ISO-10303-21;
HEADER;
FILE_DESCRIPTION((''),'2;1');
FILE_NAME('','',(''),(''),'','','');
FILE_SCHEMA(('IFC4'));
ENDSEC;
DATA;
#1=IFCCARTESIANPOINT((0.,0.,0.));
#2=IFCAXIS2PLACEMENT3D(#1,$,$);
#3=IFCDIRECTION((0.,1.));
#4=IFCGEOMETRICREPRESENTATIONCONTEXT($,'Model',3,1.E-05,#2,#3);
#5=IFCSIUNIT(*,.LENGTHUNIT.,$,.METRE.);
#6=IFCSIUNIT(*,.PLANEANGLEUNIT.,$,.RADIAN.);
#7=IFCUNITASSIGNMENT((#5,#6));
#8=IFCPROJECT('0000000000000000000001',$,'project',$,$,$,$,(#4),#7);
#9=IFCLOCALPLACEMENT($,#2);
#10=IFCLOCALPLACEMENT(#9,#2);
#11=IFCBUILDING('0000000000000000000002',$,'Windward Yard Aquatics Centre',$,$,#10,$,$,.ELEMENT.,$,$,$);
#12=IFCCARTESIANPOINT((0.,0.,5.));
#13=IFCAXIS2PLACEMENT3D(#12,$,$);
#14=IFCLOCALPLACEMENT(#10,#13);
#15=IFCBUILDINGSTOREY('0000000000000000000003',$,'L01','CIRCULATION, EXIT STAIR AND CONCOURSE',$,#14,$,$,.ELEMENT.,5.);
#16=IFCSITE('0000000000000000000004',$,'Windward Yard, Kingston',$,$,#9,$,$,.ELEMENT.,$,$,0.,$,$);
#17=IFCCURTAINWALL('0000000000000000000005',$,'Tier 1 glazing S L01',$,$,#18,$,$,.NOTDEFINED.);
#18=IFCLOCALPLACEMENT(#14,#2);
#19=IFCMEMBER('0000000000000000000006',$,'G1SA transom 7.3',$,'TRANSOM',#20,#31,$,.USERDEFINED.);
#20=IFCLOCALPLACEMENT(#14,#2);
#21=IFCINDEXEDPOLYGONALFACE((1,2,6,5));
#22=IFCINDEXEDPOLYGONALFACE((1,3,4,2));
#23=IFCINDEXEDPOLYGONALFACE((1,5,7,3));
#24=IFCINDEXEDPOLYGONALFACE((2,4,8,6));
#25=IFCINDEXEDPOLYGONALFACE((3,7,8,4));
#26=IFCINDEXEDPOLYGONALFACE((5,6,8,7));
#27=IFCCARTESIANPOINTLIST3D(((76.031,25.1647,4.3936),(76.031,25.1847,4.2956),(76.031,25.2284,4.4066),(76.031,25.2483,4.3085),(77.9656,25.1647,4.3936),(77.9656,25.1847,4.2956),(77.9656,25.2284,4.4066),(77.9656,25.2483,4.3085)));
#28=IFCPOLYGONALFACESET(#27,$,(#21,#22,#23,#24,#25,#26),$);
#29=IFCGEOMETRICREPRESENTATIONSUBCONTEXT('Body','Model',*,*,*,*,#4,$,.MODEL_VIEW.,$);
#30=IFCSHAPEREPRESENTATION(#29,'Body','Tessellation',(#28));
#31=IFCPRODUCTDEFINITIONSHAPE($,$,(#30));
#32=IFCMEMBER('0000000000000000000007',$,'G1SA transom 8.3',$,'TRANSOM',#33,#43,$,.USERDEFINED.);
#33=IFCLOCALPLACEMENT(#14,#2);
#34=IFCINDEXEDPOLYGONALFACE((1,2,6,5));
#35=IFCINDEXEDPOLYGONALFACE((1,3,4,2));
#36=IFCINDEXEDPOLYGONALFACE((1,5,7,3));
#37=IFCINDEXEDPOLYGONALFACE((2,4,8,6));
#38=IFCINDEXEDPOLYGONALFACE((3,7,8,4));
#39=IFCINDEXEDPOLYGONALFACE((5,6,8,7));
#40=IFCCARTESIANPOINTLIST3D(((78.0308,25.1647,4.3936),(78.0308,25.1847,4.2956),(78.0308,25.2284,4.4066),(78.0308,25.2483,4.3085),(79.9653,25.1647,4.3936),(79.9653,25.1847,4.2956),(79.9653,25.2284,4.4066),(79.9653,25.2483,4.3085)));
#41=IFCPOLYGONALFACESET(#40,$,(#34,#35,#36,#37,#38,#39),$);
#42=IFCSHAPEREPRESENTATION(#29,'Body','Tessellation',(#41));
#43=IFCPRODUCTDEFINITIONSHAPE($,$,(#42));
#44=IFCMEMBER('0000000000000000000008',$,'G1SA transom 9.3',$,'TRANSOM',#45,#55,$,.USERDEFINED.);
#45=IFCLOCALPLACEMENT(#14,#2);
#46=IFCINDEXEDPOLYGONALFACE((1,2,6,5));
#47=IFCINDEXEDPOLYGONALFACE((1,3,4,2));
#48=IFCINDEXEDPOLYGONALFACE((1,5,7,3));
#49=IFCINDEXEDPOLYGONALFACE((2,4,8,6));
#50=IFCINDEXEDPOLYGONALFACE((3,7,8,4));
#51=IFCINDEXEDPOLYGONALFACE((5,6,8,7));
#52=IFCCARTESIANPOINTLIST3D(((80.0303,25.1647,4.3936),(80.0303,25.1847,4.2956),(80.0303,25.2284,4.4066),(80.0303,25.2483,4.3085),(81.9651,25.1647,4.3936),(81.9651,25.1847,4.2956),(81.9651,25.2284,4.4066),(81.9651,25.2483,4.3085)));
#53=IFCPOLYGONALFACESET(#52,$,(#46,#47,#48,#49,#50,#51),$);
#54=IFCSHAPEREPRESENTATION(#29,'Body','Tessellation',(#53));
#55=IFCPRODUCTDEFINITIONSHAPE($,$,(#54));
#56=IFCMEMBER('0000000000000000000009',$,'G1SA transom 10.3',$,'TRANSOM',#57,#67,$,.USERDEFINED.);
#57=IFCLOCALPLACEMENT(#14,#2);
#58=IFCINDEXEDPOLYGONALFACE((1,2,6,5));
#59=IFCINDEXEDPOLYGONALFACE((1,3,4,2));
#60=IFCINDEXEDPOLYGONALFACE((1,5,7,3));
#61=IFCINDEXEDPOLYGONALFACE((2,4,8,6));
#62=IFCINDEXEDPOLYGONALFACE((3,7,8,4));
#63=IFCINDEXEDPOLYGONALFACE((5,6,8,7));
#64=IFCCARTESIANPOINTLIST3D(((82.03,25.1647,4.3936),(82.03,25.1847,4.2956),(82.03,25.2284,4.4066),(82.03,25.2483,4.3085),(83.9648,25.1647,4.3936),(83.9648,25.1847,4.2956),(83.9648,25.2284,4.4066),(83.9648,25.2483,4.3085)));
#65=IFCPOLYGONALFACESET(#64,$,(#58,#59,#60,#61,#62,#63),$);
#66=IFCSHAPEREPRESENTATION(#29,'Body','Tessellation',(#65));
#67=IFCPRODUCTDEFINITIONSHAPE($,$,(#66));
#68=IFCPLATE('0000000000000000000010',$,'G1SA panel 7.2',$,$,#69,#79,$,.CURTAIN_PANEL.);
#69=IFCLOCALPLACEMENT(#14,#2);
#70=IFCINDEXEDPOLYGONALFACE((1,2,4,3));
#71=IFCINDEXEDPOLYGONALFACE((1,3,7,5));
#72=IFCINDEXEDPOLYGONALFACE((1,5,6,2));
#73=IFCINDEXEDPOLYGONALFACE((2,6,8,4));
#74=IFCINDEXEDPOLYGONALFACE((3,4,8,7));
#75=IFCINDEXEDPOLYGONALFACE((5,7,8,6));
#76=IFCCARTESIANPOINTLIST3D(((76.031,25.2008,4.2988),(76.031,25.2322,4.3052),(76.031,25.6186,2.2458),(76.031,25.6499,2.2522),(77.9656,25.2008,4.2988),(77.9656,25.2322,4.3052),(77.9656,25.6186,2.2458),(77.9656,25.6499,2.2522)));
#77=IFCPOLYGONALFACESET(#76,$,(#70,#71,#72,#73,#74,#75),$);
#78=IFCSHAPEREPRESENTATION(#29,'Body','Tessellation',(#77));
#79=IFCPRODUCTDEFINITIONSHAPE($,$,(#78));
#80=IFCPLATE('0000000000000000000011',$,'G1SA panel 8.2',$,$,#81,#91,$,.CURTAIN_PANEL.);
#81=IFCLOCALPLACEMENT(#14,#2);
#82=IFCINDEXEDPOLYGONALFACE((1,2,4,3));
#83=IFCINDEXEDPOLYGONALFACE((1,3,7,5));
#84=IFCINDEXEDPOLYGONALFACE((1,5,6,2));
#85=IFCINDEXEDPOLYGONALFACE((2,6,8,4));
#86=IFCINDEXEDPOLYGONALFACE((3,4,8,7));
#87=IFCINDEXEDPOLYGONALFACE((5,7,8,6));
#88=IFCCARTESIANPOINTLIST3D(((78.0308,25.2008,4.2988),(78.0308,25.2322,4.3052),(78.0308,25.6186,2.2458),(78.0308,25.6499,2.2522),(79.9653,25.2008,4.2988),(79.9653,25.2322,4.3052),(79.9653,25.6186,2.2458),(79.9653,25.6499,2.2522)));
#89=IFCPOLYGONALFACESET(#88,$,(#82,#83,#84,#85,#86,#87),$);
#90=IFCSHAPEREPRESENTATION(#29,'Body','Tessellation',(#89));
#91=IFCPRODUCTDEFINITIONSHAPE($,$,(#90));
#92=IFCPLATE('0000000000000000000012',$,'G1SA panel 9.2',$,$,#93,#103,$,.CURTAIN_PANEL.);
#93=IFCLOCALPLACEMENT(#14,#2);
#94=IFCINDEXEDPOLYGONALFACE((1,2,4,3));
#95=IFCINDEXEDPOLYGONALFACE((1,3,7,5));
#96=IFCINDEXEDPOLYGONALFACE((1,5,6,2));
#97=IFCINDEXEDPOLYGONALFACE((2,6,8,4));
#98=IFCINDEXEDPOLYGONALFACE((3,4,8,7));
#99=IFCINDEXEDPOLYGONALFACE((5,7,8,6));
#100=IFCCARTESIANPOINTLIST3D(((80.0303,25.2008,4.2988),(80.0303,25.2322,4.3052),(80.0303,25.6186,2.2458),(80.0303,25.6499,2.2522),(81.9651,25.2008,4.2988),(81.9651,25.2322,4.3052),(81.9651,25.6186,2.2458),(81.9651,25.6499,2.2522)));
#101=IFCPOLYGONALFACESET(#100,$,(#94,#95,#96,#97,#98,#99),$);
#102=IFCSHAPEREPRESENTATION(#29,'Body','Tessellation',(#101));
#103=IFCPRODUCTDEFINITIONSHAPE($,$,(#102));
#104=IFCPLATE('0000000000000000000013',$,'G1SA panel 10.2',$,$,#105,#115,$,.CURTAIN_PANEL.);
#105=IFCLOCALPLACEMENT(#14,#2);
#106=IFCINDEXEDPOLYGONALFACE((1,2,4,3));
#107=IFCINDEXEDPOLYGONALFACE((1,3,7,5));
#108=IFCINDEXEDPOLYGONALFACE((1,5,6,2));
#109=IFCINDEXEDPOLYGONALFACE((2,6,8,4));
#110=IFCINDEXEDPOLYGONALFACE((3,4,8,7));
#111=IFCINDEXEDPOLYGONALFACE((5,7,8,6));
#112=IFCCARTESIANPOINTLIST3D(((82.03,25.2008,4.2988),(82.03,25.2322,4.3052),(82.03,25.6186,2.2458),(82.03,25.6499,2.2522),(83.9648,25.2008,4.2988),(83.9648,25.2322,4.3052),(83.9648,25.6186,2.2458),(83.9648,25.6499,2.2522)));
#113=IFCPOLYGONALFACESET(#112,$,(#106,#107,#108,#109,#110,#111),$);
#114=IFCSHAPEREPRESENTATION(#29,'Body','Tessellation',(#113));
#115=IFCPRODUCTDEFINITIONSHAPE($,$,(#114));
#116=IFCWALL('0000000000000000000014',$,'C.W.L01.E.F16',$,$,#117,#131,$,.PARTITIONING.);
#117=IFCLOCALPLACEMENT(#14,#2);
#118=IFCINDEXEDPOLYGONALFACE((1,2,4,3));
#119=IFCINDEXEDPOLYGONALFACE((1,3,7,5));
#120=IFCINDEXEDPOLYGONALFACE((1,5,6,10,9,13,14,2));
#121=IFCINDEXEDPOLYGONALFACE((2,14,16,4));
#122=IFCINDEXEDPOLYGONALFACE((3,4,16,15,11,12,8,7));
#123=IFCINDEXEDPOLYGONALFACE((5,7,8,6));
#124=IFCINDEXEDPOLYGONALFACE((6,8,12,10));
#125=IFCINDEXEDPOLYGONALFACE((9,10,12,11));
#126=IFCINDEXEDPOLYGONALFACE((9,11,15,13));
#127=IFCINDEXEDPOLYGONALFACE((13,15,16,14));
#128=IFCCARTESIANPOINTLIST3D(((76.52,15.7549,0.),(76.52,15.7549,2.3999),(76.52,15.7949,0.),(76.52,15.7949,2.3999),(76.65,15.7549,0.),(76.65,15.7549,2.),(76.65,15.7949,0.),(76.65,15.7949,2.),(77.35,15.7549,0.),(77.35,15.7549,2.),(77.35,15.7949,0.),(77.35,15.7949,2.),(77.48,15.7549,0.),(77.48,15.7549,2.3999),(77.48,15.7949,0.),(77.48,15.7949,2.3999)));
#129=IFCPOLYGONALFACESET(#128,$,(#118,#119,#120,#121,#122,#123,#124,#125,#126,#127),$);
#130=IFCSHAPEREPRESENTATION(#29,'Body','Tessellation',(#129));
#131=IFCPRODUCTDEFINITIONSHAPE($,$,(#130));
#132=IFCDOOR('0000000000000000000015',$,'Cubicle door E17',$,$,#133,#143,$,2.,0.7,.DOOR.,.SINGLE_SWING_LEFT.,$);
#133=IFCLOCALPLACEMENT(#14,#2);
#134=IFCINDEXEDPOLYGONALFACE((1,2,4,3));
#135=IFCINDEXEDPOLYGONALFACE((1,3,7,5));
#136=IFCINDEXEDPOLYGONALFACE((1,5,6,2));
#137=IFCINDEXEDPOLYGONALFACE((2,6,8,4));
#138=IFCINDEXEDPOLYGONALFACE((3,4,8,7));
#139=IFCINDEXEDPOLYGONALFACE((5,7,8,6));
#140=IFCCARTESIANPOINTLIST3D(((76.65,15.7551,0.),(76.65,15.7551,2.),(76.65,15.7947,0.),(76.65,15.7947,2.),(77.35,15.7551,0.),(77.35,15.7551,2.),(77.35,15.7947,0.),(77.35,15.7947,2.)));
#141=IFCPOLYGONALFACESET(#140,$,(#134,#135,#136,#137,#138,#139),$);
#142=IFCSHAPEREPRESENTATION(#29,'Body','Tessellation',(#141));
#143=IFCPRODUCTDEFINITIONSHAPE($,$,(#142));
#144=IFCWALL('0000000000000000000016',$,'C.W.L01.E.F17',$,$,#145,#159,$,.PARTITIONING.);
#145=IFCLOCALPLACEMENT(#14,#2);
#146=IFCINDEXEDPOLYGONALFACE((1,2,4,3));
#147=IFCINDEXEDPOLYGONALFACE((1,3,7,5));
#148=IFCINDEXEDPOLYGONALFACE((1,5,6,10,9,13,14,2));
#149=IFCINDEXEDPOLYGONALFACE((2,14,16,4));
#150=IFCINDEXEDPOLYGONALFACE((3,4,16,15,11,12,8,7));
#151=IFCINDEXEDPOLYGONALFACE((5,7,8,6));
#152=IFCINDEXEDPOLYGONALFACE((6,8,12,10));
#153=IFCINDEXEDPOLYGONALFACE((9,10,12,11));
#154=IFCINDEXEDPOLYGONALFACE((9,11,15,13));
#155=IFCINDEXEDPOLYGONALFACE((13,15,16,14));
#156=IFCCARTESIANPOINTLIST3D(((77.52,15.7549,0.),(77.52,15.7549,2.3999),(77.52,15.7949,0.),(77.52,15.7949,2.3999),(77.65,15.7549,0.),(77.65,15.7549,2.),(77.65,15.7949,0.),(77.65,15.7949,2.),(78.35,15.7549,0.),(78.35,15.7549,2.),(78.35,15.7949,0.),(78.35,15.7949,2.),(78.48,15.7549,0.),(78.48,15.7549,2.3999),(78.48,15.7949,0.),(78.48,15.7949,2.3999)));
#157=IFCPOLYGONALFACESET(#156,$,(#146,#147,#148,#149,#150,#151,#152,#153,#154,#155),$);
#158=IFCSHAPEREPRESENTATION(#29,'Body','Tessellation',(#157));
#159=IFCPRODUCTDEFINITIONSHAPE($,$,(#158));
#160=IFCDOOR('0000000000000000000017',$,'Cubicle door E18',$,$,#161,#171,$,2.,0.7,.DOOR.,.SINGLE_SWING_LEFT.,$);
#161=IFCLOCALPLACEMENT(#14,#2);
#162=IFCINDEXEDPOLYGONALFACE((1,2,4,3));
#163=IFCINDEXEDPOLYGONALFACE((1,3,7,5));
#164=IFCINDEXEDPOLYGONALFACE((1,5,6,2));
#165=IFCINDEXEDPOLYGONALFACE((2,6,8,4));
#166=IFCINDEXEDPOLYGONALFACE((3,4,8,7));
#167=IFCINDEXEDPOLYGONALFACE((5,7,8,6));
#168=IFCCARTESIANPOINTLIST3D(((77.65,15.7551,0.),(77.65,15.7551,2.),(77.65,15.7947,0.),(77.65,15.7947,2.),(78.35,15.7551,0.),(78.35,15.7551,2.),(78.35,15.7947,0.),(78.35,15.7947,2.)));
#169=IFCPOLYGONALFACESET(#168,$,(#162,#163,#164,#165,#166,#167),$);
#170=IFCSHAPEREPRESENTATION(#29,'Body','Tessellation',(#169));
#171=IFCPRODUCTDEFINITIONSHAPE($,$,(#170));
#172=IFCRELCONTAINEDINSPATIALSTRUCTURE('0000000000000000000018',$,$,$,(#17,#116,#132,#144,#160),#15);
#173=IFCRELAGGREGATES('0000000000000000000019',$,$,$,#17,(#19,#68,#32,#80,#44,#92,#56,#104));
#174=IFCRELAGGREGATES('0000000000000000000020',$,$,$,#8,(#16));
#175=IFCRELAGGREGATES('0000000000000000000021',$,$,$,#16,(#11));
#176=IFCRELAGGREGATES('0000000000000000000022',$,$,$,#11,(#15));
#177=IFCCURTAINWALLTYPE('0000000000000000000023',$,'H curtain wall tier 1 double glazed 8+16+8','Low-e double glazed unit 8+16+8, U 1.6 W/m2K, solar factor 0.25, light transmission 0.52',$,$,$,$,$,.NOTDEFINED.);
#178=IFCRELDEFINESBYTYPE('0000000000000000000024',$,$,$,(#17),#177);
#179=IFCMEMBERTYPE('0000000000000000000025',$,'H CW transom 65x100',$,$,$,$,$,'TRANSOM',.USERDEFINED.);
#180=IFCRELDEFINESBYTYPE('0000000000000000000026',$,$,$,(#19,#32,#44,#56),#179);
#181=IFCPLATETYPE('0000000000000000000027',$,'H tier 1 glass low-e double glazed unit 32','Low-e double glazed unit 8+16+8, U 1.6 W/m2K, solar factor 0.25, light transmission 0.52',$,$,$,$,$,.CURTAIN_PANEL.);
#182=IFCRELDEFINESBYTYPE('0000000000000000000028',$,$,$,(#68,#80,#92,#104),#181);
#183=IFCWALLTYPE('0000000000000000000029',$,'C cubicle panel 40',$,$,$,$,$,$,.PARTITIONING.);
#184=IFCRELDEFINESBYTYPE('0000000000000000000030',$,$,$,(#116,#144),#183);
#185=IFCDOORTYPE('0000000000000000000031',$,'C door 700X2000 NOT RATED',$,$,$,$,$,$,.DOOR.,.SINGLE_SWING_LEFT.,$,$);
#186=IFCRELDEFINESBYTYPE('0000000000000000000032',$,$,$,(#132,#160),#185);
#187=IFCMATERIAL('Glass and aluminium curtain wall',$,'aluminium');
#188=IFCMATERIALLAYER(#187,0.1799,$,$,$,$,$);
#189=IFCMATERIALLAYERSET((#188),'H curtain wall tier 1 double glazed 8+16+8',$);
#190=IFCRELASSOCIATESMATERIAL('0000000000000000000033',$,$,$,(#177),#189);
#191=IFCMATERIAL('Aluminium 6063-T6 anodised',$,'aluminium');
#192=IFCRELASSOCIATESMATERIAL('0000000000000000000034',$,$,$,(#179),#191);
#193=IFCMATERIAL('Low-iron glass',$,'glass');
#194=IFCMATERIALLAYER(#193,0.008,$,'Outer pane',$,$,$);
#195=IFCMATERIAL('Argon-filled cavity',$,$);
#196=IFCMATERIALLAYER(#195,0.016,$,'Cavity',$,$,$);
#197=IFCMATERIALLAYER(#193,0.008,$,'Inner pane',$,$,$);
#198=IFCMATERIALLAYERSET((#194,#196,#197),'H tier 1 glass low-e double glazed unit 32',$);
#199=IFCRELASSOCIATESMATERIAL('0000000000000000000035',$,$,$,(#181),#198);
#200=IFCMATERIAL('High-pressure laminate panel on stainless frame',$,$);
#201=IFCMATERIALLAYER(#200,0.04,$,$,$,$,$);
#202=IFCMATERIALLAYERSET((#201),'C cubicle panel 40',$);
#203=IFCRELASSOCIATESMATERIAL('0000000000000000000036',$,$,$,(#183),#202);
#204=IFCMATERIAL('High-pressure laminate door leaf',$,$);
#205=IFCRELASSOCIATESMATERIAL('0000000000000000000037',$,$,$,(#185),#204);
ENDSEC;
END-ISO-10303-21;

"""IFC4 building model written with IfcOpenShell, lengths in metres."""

from ifc_helpers import new_model, si_unit, direction, frame, frame_2d, origin, origin_2d, place, context, subcontext, project, spatial, polyline, rectangle, outline, extrude, material, layer, layer_set, material_profile, profile_set, type_object, element, fill, aggregate, save


model = new_model("IFC4")

# Units and contexts
model_context = context("Model", 3, precision=1e-05, world=origin(), true_north=direction((0.0, 1.0)))
body_context = subcontext(model_context, "Body", "Model", "MODEL_VIEW")
ifc_project = project(units=[si_unit("LENGTHUNIT", "METRE"), si_unit("PLANEANGLEUNIT", "RADIAN")], contexts=[model_context])

# Site, building, storey
site_placement = place(None, origin())
site = spatial("IfcSite", under=ifc_project, at=site_placement, Name="Windward Yard, Kingston", CompositionType="ELEMENT", RefElevation=0.0)
building_placement = place(site_placement, origin())
building = spatial("IfcBuilding", under=site, at=building_placement, Name="Windward Yard Aquatics Centre", CompositionType="ELEMENT")
storey_placement = place(building_placement, frame((0.0, 0.0, 5.0)))
storey = spatial("IfcBuildingStorey", under=building, at=storey_placement, Name="L01", Description="CIRCULATION, EXIT STAIR AND CONCOURSE", CompositionType="ELEMENT", Elevation=5.0)

# Curtain wall, members, plates
ifc_material_1 = material(Name="Glass and aluminium curtain wall", Category="aluminium")
ifc_layer_1 = layer(ifc_material_1, 0.1799)
ifc_layer_set_1 = layer_set([ifc_layer_1], Name="H curtain wall tier 1 double glazed 8+16+8")
curtain_wall_type = type_object("IfcCurtainWallType", Name="H curtain wall tier 1 double glazed 8+16+8", Description="Low-e double glazed unit 8+16+8, U 1.6 W/m2K, solar factor 0.25, light transmission 0.52", PredefinedType="NOTDEFINED", material=ifc_layer_set_1)
curtain_wall_placement = place(storey_placement, origin())
curtain_wall = element("IfcCurtainWall", 1, at=curtain_wall_placement, inside=storey, type_object=curtain_wall_type, Name="Tier 1 glazing S L01", PredefinedType="NOTDEFINED")
ifc_material_2 = material(Name="Aluminium 6063-T6 anodised", Category="aluminium")
ifc_material_profile = material_profile(ifc_material_2, rectangle(XDim=0.0649, YDim=0.1001, at=origin_2d()), Name="H CW transom 65x100")
ifc_profile_set = profile_set([ifc_material_profile], Name="Aluminium 6063-T6 anodised")
member_type = type_object("IfcMemberType", Name="H CW transom 65x100", ElementType="TRANSOM", PredefinedType="USERDEFINED", material=ifc_profile_set)
member_1_placement = place(storey_placement, frame((76.031, 25.2065, 4.3511), z_axis=(1.0, 0.0, 0.0), x_axis=(0.0, 0.979925, 0.199368)))
member_1 = element("IfcMember", 2, at=member_1_placement, type_object=member_type, Name="G1SA transom 7.3", ObjectType="TRANSOM", PredefinedType="USERDEFINED", context=body_context, shape_type="SweptSolid", body=[
    extrude(rectangle(XDim=0.0649, YDim=0.1001, at=origin_2d()), origin(), (0.0, 0.0, 1.0), 1.9346),
])
member_2_placement = place(storey_placement, frame((78.0308, 25.2065, 4.3511), z_axis=(1.0, 0.0, 0.0), x_axis=(0.0, 0.979925, 0.199368)))
member_2 = element("IfcMember", 3, at=member_2_placement, type_object=member_type, Name="G1SA transom 8.3", ObjectType="TRANSOM", PredefinedType="USERDEFINED", context=body_context, shape_type="SweptSolid", body=[
    extrude(rectangle(XDim=0.0649, YDim=0.1001, at=origin_2d()), origin(), (0.0, 0.0, 1.0), 1.9346),
])
member_3_placement = place(storey_placement, frame((80.0303, 25.2065, 4.3511), z_axis=(1.0, 0.0, 0.0), x_axis=(0.0, 0.979925, 0.199368)))
member_3 = element("IfcMember", 4, at=member_3_placement, type_object=member_type, Name="G1SA transom 9.3", ObjectType="TRANSOM", PredefinedType="USERDEFINED", context=body_context, shape_type="SweptSolid", body=[
    extrude(rectangle(XDim=0.0649, YDim=0.1001, at=origin_2d()), origin(), (0.0, 0.0, 1.0), 1.9348),
])
member_4_placement = place(storey_placement, frame((82.03, 25.2065, 4.3511), z_axis=(1.0, 0.0, 0.0), x_axis=(0.0, 0.979925, 0.199368)))
member_4 = element("IfcMember", 5, at=member_4_placement, type_object=member_type, Name="G1SA transom 10.3", ObjectType="TRANSOM", PredefinedType="USERDEFINED", context=body_context, shape_type="SweptSolid", body=[
    extrude(rectangle(XDim=0.0649, YDim=0.1001, at=origin_2d()), origin(), (0.0, 0.0, 1.0), 1.9348),
])
ifc_material_3 = material(Name="Low-iron glass", Category="glass")
ifc_layer_2 = layer(ifc_material_3, 0.008, Name="Outer pane")
ifc_material_4 = material(Name="Argon-filled cavity")
ifc_layer_3 = layer(ifc_material_4, 0.016, Name="Cavity")
ifc_layer_4 = layer(ifc_material_3, 0.008, Name="Inner pane")
ifc_layer_set_2 = layer_set([ifc_layer_2, ifc_layer_3, ifc_layer_4], Name="H tier 1 glass low-e double glazed unit 32")
plate_type = type_object("IfcPlateType", Name="H tier 1 glass low-e double glazed unit 32", Description="Low-e double glazed unit 8+16+8, U 1.6 W/m2K, solar factor 0.25, light transmission 0.52", PredefinedType="CURTAIN_PANEL", material=ifc_layer_set_2)
plate_1_placement = place(storey_placement, frame((76.031, 25.2322, 4.3052), z_axis=(0.0, 0.979921, 0.199387), x_axis=(0.0, 0.199387, -0.979921)))
plate_1 = element("IfcPlate", 6, at=plate_1_placement, type_object=plate_type, Name="G1SA panel 7.2", PredefinedType="CURTAIN_PANEL", context=body_context, shape_type="SweptSolid", body=[
    extrude(outline(polyline([(0.0, 0.0), (2.095, 0.0), (2.095, -1.9346), (0.0, -1.9346), (0.0, 0.0)])), origin(), (0.0, 0.0, -1.0), 0.032),
])
plate_2_placement = place(storey_placement, frame((78.0308, 25.2322, 4.3052), z_axis=(0.0, 0.979921, 0.199387), x_axis=(0.0, 0.199387, -0.979921)))
plate_2 = element("IfcPlate", 7, at=plate_2_placement, type_object=plate_type, Name="G1SA panel 8.2", PredefinedType="CURTAIN_PANEL", context=body_context, shape_type="SweptSolid", body=[
    extrude(outline(polyline([(0.0, 0.0), (2.095, 0.0), (2.095, -1.9346), (0.0, -1.9346), (0.0, 0.0)])), origin(), (0.0, 0.0, -1.0), 0.032),
])
plate_3_placement = place(storey_placement, frame((80.0303, 25.2322, 4.3052), z_axis=(0.0, 0.979921, 0.199387), x_axis=(0.0, 0.199387, -0.979921)))
plate_3 = element("IfcPlate", 8, at=plate_3_placement, type_object=plate_type, Name="G1SA panel 9.2", PredefinedType="CURTAIN_PANEL", context=body_context, shape_type="SweptSolid", body=[
    extrude(outline(polyline([(0.0, 0.0), (2.095, 0.0), (2.095, -1.9348), (0.0, -1.9348), (0.0, 0.0)])), origin(), (0.0, 0.0, -1.0), 0.032),
])
plate_4_placement = place(storey_placement, frame((82.03, 25.2322, 4.3052), z_axis=(0.0, 0.979921, 0.199387), x_axis=(0.0, 0.199387, -0.979921)))
plate_4 = element("IfcPlate", 9, at=plate_4_placement, type_object=plate_type, Name="G1SA panel 10.2", PredefinedType="CURTAIN_PANEL", context=body_context, shape_type="SweptSolid", body=[
    extrude(outline(polyline([(0.0, 0.0), (2.095, 0.0), (2.095, -1.9348), (0.0, -1.9348), (0.0, 0.0)])), origin(), (0.0, 0.0, -1.0), 0.032),
])
aggregate(curtain_wall, [member_1, plate_1, member_2, plate_2, member_3, plate_3, member_4, plate_4])

# Walls, openings, doors
ifc_material_5 = material(Name="High-pressure laminate panel on stainless frame")
ifc_layer_5 = layer(ifc_material_5, 0.04)
ifc_layer_set_3 = layer_set([ifc_layer_5], Name="C cubicle panel 40")
wall_type = type_object("IfcWallType", Name="C cubicle panel 40", PredefinedType="PARTITIONING", material=ifc_layer_set_3)
wall_1_placement = place(storey_placement, frame((76.52, 15.7749, 0.0), z_axis=(0.0, 0.0, 1.0), x_axis=(1.0, 0.0, 0.0)))
wall_1 = element("IfcWall", 10, at=wall_1_placement, inside=storey, type_object=wall_type, Name="C.W.L01.E.F16", PredefinedType="PARTITIONING", context=body_context, shape_type="SweptSolid", body=[
    extrude(rectangle(XDim=0.96, YDim=0.04, at=frame_2d((0.48, 0.0))), origin(), (0.0, 0.0, 1.0), 2.3999),
])
opening_1_placement = place(wall_1_placement, frame((0.1299, 0.0, 0.0)))
opening_1 = element("IfcOpeningElement", 11, at=opening_1_placement, cuts=wall_1, PredefinedType="OPENING", context=body_context, shape_type="SweptSolid", body=[
    extrude(rectangle(XDim=0.7, YDim=2.0, at=frame_2d((0.3501, 1.0))), frame((0.0, 0.03, 0.0), z_axis=(0.0, -1.0, 0.0), x_axis=(1.0, 0.0, 0.0)), (0.0, 0.0, 1.0), 0.0601),
])
ifc_material_6 = material(Name="High-pressure laminate door leaf")
door_type = type_object("IfcDoorType", Name="C door 700X2000 NOT RATED", OperationType="SINGLE_SWING_LEFT", PredefinedType="DOOR", material=ifc_material_6)
door_1_placement = place(opening_1_placement, origin())
door_1 = element("IfcDoor", 12, at=door_1_placement, inside=storey, type_object=door_type, Name="Cubicle door E17", OperationType="SINGLE_SWING_LEFT", OverallHeight=2.0, OverallWidth=0.7, PredefinedType="DOOR", context=body_context, shape_type="SweptSolid", body=[
    extrude(rectangle(XDim=0.7, YDim=2.0, at=frame_2d((0.3501, 1.0))), frame((0.0, 0.0198, 0.0), z_axis=(0.0, -1.0, 0.0), x_axis=(1.0, 0.0, 0.0)), (0.0, 0.0, 1.0), 0.0396),
])
fill(opening_1, door_1)
wall_2_placement = place(storey_placement, frame((77.52, 15.7749, 0.0), z_axis=(0.0, 0.0, 1.0), x_axis=(1.0, 0.0, 0.0)))
wall_2 = element("IfcWall", 13, at=wall_2_placement, inside=storey, type_object=wall_type, Name="C.W.L01.E.F17", PredefinedType="PARTITIONING", context=body_context, shape_type="SweptSolid", body=[
    extrude(rectangle(XDim=0.96, YDim=0.04, at=frame_2d((0.48, 0.0))), origin(), (0.0, 0.0, 1.0), 2.3999),
])
opening_2_placement = place(wall_2_placement, frame((0.1299, 0.0, 0.0)))
opening_2 = element("IfcOpeningElement", 14, at=opening_2_placement, cuts=wall_2, PredefinedType="OPENING", context=body_context, shape_type="SweptSolid", body=[
    extrude(rectangle(XDim=0.7, YDim=2.0, at=frame_2d((0.3501, 1.0))), frame((0.0, 0.03, 0.0), z_axis=(0.0, -1.0, 0.0), x_axis=(1.0, 0.0, 0.0)), (0.0, 0.0, 1.0), 0.0601),
])
door_2_placement = place(opening_2_placement, origin())
door_2 = element("IfcDoor", 15, at=door_2_placement, inside=storey, type_object=door_type, Name="Cubicle door E18", OperationType="SINGLE_SWING_LEFT", OverallHeight=2.0, OverallWidth=0.7, PredefinedType="DOOR", context=body_context, shape_type="SweptSolid", body=[
    extrude(rectangle(XDim=0.7, YDim=2.0, at=frame_2d((0.3501, 1.0))), frame((0.0, 0.0198, 0.0), z_axis=(0.0, -1.0, 0.0), x_axis=(1.0, 0.0, 0.0)), (0.0, 0.0, 1.0), 0.0396),
])
fill(opening_2, door_2)

save(model, "model.ifc")
